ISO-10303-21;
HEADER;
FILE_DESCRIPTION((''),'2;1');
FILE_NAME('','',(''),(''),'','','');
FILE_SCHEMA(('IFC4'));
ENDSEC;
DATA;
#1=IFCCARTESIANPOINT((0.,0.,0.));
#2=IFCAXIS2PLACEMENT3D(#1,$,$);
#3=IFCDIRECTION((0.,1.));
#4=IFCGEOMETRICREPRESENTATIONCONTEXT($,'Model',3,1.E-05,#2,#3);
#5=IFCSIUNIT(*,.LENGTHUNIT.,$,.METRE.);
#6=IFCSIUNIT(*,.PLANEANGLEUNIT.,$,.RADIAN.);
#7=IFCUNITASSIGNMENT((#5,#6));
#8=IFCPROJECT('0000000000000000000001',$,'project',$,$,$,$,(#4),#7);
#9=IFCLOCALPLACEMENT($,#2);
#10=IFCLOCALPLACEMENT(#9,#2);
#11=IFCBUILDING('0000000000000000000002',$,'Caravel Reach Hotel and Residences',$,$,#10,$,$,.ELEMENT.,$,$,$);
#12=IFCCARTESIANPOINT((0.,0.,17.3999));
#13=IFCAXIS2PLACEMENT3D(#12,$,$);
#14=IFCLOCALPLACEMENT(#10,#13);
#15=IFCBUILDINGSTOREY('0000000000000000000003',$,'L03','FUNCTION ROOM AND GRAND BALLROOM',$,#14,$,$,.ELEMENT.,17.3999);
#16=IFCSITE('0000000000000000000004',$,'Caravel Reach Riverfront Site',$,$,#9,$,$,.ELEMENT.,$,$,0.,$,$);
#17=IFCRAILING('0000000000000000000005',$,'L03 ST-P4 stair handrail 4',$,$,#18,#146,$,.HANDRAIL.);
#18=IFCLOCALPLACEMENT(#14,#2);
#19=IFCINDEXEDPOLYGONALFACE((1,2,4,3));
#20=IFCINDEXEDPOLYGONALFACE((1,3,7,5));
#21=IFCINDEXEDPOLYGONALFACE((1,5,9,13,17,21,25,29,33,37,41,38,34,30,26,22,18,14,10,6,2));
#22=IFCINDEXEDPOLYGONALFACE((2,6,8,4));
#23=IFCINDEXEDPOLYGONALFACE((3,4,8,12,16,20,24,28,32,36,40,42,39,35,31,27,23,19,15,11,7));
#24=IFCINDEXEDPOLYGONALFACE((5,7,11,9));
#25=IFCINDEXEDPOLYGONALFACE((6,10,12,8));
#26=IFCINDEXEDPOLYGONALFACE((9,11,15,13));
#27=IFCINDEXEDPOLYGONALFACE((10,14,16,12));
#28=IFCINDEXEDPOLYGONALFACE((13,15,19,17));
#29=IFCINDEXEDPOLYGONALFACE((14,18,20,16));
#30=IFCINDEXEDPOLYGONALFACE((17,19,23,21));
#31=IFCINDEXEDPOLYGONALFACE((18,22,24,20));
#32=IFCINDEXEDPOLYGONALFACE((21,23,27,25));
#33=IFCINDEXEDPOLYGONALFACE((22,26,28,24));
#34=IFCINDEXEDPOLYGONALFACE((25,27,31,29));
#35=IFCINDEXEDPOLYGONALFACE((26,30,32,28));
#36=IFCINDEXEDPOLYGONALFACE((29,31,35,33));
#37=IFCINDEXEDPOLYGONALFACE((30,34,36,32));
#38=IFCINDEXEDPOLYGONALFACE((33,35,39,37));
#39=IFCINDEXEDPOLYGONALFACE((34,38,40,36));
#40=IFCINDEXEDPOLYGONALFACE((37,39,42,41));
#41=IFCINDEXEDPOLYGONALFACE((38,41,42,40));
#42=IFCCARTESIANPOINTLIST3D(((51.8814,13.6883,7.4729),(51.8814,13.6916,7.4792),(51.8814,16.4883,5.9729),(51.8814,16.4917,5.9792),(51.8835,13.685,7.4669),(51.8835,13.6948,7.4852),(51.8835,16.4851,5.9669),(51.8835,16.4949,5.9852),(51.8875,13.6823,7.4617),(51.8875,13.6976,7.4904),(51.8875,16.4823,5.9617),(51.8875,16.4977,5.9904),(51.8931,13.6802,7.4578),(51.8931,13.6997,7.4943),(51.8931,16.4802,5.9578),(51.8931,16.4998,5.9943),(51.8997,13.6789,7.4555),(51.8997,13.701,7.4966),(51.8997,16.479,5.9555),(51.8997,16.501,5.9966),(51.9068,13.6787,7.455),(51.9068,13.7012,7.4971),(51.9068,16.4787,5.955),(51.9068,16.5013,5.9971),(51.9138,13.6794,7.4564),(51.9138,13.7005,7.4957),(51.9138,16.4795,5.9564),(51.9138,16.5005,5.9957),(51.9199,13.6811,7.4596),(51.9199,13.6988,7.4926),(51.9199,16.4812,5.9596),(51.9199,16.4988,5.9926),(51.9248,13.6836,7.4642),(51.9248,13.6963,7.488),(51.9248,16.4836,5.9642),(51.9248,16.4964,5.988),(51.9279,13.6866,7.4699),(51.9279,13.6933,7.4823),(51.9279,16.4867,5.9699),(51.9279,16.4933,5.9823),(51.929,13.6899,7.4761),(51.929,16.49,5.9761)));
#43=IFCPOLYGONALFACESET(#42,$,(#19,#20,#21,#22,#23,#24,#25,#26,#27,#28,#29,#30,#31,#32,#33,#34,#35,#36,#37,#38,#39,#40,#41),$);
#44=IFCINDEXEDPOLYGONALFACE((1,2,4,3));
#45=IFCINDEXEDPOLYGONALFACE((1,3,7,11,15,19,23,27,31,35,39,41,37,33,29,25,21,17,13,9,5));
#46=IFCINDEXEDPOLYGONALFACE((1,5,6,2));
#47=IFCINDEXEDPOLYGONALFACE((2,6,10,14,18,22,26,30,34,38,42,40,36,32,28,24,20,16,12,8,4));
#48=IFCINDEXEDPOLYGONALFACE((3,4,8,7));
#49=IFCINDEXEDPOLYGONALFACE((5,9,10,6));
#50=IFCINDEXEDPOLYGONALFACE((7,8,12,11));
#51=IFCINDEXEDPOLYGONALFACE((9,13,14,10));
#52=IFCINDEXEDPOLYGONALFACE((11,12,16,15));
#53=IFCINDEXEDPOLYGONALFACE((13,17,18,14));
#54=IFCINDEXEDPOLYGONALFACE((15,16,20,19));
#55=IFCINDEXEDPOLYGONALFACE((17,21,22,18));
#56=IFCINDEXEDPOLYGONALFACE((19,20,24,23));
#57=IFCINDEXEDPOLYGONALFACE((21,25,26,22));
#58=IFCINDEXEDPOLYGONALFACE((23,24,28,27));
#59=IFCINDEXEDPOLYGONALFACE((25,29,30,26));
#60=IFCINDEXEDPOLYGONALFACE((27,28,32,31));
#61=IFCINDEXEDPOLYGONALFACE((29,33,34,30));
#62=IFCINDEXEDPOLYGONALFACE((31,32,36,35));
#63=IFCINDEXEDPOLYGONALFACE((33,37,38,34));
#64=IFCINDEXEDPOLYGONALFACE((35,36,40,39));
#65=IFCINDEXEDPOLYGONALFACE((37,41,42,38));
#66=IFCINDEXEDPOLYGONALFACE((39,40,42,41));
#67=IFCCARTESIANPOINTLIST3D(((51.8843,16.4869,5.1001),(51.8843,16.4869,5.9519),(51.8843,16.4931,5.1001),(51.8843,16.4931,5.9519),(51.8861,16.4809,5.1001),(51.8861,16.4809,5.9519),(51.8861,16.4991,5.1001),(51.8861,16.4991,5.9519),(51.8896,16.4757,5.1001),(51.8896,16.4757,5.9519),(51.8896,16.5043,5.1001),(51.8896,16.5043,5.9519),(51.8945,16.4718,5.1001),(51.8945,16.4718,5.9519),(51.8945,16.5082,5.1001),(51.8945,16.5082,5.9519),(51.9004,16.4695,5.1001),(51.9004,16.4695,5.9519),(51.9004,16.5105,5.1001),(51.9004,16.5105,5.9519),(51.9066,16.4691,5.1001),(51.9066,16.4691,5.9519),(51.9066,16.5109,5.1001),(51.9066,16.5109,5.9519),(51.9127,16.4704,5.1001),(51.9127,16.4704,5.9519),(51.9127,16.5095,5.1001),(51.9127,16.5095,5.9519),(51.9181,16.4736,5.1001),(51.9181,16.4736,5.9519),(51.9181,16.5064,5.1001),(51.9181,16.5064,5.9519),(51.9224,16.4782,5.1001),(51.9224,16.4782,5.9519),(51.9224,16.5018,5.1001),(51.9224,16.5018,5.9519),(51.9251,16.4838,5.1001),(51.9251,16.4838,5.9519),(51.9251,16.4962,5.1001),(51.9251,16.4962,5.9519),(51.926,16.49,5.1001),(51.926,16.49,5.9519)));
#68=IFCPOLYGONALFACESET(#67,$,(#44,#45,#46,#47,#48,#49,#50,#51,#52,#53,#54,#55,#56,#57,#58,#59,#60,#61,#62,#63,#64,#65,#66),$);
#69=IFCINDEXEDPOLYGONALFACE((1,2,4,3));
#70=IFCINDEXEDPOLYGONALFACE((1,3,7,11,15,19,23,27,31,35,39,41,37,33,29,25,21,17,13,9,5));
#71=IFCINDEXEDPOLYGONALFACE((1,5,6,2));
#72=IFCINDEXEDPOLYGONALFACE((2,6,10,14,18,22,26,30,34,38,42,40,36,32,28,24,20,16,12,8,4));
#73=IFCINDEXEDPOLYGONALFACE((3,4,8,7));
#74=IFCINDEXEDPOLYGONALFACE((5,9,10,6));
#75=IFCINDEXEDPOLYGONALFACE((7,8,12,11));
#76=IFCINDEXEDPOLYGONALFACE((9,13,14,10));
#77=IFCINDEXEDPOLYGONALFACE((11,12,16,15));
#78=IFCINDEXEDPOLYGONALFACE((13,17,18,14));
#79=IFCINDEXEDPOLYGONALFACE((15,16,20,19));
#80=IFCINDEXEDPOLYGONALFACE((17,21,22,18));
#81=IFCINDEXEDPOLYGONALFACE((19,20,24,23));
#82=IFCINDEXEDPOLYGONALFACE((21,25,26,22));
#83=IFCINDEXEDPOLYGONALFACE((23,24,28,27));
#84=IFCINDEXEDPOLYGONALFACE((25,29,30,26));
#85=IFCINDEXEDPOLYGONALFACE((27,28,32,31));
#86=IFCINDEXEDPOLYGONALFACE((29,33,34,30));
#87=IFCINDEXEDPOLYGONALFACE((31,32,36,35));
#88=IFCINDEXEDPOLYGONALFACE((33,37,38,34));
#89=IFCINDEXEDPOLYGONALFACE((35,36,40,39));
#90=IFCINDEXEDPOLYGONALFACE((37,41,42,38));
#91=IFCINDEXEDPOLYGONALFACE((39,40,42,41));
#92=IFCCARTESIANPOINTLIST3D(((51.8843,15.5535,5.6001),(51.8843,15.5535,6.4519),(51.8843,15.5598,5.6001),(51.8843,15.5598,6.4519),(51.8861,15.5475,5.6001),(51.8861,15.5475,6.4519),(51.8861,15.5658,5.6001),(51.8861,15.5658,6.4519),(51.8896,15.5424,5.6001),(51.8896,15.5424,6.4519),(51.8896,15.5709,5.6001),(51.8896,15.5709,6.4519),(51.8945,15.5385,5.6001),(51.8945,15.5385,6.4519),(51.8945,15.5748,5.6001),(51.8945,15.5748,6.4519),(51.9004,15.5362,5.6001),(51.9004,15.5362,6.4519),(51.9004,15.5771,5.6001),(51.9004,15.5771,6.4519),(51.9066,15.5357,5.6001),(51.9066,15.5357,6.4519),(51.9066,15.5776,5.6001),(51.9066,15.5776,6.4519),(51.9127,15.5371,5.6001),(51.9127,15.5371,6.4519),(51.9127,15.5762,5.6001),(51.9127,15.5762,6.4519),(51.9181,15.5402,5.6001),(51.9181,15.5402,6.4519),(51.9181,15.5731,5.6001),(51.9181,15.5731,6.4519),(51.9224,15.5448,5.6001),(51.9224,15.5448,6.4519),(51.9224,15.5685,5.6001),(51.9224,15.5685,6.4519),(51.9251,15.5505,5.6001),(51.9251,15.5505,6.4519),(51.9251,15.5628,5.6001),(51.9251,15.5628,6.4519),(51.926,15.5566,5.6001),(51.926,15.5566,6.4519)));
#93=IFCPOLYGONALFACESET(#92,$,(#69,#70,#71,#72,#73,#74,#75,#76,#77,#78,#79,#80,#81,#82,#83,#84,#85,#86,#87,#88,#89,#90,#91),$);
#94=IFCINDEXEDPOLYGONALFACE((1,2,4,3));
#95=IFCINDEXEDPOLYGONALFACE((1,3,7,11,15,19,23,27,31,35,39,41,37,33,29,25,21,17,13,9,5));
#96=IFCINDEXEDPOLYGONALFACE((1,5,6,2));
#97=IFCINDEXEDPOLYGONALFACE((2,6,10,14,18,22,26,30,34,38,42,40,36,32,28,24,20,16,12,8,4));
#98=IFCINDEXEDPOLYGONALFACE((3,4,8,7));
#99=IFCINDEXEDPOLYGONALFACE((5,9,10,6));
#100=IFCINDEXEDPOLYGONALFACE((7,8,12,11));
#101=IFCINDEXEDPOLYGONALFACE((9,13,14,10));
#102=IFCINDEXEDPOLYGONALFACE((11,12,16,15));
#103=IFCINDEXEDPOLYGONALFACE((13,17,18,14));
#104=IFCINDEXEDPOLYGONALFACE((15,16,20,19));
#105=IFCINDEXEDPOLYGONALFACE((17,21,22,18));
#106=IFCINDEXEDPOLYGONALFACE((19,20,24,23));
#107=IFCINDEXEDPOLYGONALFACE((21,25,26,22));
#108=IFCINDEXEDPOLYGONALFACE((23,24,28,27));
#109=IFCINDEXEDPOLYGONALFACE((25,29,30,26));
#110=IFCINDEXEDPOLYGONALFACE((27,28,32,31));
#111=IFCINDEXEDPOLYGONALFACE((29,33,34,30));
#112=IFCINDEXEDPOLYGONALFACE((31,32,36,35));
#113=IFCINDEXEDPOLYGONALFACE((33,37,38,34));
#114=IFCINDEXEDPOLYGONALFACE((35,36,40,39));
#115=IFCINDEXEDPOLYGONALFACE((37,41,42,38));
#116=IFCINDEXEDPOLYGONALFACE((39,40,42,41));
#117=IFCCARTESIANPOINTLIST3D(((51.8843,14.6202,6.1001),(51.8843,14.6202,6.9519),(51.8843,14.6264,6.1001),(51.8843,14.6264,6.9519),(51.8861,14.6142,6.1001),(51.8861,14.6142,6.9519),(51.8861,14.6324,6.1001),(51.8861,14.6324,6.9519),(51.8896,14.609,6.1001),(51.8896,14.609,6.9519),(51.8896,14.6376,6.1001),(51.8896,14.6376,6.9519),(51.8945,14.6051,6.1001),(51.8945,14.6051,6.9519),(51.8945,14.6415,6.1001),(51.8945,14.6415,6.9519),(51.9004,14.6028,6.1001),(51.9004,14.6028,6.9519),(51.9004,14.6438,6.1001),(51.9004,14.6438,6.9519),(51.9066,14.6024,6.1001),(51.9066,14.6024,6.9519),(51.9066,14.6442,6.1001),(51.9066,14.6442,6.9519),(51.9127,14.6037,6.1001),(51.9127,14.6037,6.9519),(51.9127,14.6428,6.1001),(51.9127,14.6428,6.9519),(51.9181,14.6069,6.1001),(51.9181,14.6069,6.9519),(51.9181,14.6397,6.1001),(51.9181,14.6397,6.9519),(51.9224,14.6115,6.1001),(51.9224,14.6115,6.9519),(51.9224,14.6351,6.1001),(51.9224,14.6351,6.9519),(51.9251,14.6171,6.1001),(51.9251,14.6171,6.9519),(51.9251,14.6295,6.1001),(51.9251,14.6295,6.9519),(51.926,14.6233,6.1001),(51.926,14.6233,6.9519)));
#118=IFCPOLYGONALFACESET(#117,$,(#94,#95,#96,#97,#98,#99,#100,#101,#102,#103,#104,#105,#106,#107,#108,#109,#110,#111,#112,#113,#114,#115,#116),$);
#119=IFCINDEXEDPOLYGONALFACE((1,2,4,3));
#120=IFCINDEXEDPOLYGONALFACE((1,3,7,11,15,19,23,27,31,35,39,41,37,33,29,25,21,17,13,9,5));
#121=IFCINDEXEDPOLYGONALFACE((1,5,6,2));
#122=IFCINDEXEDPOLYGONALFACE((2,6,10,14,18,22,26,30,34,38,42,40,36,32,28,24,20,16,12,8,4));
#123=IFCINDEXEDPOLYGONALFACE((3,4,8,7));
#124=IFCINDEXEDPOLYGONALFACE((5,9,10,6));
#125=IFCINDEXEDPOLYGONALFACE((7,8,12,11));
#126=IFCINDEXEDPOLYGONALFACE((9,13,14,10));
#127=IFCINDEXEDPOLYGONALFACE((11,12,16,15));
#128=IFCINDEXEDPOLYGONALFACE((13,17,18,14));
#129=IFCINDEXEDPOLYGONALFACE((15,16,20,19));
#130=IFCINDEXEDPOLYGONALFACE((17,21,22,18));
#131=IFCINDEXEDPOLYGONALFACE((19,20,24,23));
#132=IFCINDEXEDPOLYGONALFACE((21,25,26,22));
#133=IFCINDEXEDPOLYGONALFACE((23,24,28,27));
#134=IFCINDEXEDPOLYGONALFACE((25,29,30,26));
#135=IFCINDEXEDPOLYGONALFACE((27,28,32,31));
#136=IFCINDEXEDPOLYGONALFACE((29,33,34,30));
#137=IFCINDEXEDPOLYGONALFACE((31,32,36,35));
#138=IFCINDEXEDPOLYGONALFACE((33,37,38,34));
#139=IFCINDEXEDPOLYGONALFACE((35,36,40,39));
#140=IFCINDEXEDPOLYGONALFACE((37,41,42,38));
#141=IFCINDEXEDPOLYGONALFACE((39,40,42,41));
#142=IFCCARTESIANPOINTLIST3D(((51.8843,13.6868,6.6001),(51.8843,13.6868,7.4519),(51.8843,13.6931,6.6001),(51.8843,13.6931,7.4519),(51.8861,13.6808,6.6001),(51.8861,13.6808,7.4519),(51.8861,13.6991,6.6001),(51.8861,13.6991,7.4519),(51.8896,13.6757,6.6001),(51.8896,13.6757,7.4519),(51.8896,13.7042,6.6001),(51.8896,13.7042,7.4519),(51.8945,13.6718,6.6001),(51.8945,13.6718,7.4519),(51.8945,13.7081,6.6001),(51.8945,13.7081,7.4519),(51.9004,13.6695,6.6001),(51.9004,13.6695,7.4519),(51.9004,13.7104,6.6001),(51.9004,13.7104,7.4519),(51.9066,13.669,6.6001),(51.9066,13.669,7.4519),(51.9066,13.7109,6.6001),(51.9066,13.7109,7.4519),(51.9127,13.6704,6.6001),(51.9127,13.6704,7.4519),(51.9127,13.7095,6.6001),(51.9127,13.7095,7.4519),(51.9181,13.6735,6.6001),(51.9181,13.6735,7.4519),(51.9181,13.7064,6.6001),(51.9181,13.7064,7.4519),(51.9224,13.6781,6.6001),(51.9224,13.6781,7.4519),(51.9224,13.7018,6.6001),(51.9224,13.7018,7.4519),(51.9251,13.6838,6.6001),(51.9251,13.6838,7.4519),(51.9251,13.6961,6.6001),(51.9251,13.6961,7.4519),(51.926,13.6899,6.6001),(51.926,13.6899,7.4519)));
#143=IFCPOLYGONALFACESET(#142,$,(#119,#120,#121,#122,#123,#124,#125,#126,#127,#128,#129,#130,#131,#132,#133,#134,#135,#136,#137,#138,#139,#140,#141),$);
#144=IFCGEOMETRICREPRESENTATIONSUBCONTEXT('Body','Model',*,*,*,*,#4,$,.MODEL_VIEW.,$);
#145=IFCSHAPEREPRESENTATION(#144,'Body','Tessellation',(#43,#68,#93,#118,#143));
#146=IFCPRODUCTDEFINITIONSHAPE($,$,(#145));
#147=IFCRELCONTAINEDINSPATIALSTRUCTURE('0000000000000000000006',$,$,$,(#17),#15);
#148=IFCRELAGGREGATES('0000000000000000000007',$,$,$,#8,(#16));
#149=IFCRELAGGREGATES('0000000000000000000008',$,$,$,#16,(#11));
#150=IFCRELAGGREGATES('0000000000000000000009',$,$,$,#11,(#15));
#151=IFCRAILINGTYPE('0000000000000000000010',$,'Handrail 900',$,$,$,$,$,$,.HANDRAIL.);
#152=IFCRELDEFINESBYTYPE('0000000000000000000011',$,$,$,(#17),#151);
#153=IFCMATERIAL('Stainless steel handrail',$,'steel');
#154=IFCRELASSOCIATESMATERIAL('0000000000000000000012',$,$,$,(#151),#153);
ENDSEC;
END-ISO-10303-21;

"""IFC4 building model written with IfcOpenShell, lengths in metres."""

from ifc_helpers import new_model, si_unit, direction, frame, origin, origin_2d, place, context, subcontext, project, spatial, circle, extrude, material, type_object, element, save


model = new_model("IFC4")

# Units and contexts
model_context = context("Model", 3, precision=1e-05, world=origin(), true_north=direction((0.0, 1.0)))
body_context = subcontext(model_context, "Body", "Model", "MODEL_VIEW")
ifc_project = project(units=[si_unit("LENGTHUNIT", "METRE"), si_unit("PLANEANGLEUNIT", "RADIAN")], contexts=[model_context])

# Site, building, storey
site_placement = place(None, origin())
site = spatial("IfcSite", under=ifc_project, at=site_placement, Name="Caravel Reach Riverfront Site", CompositionType="ELEMENT", RefElevation=0.0)
building_placement = place(site_placement, origin())
building = spatial("IfcBuilding", under=site, at=building_placement, Name="Caravel Reach Hotel and Residences", CompositionType="ELEMENT")
storey_placement = place(building_placement, frame((0.0, 0.0, 17.3999)))
storey = spatial("IfcBuildingStorey", under=building, at=storey_placement, Name="L03", Description="FUNCTION ROOM AND GRAND BALLROOM", CompositionType="ELEMENT", Elevation=17.3999)

# Railing
ifc_material_1 = material(Name="Stainless steel handrail", Category="steel")
railing_type_1 = type_object("IfcRailingType", Name="Handrail 900", PredefinedType="HANDRAIL", material=ifc_material_1)
railing_1_placement = place(storey_placement, frame((51.905, 16.49, 5.1001)))
element("IfcRailing", 1, at=railing_1_placement, inside=storey, type_object=railing_type_1, Name="L03 ST-P4 stair handrail 4", PredefinedType="HANDRAIL", context=body_context, shape_type="SweptSolid", body=[
    extrude(circle(Radius=0.0239, at=origin_2d()), frame((0.0, 0.0, 0.876), z_axis=(0.0, -0.881483, 0.472215), x_axis=(1.0, 0.0, 0.0)), (0.0, 0.0, 1.0), 3.1765),
    extrude(circle(Radius=0.021, at=origin_2d()), origin(), (0.0, 0.0, 1.0), 0.8518),
    extrude(circle(Radius=0.021, at=origin_2d()), frame((0.0, -0.9333, 0.5)), (0.0, 0.0, 1.0), 0.8518),
    extrude(circle(Radius=0.021, at=origin_2d()), frame((0.0, -1.8667, 1.0)), (0.0, 0.0, 1.0), 0.8518),
    extrude(circle(Radius=0.021, at=origin_2d()), frame((0.0, -2.8, 1.5)), (0.0, 0.0, 1.0), 0.8518),
])

save(model, "model.ifc")
